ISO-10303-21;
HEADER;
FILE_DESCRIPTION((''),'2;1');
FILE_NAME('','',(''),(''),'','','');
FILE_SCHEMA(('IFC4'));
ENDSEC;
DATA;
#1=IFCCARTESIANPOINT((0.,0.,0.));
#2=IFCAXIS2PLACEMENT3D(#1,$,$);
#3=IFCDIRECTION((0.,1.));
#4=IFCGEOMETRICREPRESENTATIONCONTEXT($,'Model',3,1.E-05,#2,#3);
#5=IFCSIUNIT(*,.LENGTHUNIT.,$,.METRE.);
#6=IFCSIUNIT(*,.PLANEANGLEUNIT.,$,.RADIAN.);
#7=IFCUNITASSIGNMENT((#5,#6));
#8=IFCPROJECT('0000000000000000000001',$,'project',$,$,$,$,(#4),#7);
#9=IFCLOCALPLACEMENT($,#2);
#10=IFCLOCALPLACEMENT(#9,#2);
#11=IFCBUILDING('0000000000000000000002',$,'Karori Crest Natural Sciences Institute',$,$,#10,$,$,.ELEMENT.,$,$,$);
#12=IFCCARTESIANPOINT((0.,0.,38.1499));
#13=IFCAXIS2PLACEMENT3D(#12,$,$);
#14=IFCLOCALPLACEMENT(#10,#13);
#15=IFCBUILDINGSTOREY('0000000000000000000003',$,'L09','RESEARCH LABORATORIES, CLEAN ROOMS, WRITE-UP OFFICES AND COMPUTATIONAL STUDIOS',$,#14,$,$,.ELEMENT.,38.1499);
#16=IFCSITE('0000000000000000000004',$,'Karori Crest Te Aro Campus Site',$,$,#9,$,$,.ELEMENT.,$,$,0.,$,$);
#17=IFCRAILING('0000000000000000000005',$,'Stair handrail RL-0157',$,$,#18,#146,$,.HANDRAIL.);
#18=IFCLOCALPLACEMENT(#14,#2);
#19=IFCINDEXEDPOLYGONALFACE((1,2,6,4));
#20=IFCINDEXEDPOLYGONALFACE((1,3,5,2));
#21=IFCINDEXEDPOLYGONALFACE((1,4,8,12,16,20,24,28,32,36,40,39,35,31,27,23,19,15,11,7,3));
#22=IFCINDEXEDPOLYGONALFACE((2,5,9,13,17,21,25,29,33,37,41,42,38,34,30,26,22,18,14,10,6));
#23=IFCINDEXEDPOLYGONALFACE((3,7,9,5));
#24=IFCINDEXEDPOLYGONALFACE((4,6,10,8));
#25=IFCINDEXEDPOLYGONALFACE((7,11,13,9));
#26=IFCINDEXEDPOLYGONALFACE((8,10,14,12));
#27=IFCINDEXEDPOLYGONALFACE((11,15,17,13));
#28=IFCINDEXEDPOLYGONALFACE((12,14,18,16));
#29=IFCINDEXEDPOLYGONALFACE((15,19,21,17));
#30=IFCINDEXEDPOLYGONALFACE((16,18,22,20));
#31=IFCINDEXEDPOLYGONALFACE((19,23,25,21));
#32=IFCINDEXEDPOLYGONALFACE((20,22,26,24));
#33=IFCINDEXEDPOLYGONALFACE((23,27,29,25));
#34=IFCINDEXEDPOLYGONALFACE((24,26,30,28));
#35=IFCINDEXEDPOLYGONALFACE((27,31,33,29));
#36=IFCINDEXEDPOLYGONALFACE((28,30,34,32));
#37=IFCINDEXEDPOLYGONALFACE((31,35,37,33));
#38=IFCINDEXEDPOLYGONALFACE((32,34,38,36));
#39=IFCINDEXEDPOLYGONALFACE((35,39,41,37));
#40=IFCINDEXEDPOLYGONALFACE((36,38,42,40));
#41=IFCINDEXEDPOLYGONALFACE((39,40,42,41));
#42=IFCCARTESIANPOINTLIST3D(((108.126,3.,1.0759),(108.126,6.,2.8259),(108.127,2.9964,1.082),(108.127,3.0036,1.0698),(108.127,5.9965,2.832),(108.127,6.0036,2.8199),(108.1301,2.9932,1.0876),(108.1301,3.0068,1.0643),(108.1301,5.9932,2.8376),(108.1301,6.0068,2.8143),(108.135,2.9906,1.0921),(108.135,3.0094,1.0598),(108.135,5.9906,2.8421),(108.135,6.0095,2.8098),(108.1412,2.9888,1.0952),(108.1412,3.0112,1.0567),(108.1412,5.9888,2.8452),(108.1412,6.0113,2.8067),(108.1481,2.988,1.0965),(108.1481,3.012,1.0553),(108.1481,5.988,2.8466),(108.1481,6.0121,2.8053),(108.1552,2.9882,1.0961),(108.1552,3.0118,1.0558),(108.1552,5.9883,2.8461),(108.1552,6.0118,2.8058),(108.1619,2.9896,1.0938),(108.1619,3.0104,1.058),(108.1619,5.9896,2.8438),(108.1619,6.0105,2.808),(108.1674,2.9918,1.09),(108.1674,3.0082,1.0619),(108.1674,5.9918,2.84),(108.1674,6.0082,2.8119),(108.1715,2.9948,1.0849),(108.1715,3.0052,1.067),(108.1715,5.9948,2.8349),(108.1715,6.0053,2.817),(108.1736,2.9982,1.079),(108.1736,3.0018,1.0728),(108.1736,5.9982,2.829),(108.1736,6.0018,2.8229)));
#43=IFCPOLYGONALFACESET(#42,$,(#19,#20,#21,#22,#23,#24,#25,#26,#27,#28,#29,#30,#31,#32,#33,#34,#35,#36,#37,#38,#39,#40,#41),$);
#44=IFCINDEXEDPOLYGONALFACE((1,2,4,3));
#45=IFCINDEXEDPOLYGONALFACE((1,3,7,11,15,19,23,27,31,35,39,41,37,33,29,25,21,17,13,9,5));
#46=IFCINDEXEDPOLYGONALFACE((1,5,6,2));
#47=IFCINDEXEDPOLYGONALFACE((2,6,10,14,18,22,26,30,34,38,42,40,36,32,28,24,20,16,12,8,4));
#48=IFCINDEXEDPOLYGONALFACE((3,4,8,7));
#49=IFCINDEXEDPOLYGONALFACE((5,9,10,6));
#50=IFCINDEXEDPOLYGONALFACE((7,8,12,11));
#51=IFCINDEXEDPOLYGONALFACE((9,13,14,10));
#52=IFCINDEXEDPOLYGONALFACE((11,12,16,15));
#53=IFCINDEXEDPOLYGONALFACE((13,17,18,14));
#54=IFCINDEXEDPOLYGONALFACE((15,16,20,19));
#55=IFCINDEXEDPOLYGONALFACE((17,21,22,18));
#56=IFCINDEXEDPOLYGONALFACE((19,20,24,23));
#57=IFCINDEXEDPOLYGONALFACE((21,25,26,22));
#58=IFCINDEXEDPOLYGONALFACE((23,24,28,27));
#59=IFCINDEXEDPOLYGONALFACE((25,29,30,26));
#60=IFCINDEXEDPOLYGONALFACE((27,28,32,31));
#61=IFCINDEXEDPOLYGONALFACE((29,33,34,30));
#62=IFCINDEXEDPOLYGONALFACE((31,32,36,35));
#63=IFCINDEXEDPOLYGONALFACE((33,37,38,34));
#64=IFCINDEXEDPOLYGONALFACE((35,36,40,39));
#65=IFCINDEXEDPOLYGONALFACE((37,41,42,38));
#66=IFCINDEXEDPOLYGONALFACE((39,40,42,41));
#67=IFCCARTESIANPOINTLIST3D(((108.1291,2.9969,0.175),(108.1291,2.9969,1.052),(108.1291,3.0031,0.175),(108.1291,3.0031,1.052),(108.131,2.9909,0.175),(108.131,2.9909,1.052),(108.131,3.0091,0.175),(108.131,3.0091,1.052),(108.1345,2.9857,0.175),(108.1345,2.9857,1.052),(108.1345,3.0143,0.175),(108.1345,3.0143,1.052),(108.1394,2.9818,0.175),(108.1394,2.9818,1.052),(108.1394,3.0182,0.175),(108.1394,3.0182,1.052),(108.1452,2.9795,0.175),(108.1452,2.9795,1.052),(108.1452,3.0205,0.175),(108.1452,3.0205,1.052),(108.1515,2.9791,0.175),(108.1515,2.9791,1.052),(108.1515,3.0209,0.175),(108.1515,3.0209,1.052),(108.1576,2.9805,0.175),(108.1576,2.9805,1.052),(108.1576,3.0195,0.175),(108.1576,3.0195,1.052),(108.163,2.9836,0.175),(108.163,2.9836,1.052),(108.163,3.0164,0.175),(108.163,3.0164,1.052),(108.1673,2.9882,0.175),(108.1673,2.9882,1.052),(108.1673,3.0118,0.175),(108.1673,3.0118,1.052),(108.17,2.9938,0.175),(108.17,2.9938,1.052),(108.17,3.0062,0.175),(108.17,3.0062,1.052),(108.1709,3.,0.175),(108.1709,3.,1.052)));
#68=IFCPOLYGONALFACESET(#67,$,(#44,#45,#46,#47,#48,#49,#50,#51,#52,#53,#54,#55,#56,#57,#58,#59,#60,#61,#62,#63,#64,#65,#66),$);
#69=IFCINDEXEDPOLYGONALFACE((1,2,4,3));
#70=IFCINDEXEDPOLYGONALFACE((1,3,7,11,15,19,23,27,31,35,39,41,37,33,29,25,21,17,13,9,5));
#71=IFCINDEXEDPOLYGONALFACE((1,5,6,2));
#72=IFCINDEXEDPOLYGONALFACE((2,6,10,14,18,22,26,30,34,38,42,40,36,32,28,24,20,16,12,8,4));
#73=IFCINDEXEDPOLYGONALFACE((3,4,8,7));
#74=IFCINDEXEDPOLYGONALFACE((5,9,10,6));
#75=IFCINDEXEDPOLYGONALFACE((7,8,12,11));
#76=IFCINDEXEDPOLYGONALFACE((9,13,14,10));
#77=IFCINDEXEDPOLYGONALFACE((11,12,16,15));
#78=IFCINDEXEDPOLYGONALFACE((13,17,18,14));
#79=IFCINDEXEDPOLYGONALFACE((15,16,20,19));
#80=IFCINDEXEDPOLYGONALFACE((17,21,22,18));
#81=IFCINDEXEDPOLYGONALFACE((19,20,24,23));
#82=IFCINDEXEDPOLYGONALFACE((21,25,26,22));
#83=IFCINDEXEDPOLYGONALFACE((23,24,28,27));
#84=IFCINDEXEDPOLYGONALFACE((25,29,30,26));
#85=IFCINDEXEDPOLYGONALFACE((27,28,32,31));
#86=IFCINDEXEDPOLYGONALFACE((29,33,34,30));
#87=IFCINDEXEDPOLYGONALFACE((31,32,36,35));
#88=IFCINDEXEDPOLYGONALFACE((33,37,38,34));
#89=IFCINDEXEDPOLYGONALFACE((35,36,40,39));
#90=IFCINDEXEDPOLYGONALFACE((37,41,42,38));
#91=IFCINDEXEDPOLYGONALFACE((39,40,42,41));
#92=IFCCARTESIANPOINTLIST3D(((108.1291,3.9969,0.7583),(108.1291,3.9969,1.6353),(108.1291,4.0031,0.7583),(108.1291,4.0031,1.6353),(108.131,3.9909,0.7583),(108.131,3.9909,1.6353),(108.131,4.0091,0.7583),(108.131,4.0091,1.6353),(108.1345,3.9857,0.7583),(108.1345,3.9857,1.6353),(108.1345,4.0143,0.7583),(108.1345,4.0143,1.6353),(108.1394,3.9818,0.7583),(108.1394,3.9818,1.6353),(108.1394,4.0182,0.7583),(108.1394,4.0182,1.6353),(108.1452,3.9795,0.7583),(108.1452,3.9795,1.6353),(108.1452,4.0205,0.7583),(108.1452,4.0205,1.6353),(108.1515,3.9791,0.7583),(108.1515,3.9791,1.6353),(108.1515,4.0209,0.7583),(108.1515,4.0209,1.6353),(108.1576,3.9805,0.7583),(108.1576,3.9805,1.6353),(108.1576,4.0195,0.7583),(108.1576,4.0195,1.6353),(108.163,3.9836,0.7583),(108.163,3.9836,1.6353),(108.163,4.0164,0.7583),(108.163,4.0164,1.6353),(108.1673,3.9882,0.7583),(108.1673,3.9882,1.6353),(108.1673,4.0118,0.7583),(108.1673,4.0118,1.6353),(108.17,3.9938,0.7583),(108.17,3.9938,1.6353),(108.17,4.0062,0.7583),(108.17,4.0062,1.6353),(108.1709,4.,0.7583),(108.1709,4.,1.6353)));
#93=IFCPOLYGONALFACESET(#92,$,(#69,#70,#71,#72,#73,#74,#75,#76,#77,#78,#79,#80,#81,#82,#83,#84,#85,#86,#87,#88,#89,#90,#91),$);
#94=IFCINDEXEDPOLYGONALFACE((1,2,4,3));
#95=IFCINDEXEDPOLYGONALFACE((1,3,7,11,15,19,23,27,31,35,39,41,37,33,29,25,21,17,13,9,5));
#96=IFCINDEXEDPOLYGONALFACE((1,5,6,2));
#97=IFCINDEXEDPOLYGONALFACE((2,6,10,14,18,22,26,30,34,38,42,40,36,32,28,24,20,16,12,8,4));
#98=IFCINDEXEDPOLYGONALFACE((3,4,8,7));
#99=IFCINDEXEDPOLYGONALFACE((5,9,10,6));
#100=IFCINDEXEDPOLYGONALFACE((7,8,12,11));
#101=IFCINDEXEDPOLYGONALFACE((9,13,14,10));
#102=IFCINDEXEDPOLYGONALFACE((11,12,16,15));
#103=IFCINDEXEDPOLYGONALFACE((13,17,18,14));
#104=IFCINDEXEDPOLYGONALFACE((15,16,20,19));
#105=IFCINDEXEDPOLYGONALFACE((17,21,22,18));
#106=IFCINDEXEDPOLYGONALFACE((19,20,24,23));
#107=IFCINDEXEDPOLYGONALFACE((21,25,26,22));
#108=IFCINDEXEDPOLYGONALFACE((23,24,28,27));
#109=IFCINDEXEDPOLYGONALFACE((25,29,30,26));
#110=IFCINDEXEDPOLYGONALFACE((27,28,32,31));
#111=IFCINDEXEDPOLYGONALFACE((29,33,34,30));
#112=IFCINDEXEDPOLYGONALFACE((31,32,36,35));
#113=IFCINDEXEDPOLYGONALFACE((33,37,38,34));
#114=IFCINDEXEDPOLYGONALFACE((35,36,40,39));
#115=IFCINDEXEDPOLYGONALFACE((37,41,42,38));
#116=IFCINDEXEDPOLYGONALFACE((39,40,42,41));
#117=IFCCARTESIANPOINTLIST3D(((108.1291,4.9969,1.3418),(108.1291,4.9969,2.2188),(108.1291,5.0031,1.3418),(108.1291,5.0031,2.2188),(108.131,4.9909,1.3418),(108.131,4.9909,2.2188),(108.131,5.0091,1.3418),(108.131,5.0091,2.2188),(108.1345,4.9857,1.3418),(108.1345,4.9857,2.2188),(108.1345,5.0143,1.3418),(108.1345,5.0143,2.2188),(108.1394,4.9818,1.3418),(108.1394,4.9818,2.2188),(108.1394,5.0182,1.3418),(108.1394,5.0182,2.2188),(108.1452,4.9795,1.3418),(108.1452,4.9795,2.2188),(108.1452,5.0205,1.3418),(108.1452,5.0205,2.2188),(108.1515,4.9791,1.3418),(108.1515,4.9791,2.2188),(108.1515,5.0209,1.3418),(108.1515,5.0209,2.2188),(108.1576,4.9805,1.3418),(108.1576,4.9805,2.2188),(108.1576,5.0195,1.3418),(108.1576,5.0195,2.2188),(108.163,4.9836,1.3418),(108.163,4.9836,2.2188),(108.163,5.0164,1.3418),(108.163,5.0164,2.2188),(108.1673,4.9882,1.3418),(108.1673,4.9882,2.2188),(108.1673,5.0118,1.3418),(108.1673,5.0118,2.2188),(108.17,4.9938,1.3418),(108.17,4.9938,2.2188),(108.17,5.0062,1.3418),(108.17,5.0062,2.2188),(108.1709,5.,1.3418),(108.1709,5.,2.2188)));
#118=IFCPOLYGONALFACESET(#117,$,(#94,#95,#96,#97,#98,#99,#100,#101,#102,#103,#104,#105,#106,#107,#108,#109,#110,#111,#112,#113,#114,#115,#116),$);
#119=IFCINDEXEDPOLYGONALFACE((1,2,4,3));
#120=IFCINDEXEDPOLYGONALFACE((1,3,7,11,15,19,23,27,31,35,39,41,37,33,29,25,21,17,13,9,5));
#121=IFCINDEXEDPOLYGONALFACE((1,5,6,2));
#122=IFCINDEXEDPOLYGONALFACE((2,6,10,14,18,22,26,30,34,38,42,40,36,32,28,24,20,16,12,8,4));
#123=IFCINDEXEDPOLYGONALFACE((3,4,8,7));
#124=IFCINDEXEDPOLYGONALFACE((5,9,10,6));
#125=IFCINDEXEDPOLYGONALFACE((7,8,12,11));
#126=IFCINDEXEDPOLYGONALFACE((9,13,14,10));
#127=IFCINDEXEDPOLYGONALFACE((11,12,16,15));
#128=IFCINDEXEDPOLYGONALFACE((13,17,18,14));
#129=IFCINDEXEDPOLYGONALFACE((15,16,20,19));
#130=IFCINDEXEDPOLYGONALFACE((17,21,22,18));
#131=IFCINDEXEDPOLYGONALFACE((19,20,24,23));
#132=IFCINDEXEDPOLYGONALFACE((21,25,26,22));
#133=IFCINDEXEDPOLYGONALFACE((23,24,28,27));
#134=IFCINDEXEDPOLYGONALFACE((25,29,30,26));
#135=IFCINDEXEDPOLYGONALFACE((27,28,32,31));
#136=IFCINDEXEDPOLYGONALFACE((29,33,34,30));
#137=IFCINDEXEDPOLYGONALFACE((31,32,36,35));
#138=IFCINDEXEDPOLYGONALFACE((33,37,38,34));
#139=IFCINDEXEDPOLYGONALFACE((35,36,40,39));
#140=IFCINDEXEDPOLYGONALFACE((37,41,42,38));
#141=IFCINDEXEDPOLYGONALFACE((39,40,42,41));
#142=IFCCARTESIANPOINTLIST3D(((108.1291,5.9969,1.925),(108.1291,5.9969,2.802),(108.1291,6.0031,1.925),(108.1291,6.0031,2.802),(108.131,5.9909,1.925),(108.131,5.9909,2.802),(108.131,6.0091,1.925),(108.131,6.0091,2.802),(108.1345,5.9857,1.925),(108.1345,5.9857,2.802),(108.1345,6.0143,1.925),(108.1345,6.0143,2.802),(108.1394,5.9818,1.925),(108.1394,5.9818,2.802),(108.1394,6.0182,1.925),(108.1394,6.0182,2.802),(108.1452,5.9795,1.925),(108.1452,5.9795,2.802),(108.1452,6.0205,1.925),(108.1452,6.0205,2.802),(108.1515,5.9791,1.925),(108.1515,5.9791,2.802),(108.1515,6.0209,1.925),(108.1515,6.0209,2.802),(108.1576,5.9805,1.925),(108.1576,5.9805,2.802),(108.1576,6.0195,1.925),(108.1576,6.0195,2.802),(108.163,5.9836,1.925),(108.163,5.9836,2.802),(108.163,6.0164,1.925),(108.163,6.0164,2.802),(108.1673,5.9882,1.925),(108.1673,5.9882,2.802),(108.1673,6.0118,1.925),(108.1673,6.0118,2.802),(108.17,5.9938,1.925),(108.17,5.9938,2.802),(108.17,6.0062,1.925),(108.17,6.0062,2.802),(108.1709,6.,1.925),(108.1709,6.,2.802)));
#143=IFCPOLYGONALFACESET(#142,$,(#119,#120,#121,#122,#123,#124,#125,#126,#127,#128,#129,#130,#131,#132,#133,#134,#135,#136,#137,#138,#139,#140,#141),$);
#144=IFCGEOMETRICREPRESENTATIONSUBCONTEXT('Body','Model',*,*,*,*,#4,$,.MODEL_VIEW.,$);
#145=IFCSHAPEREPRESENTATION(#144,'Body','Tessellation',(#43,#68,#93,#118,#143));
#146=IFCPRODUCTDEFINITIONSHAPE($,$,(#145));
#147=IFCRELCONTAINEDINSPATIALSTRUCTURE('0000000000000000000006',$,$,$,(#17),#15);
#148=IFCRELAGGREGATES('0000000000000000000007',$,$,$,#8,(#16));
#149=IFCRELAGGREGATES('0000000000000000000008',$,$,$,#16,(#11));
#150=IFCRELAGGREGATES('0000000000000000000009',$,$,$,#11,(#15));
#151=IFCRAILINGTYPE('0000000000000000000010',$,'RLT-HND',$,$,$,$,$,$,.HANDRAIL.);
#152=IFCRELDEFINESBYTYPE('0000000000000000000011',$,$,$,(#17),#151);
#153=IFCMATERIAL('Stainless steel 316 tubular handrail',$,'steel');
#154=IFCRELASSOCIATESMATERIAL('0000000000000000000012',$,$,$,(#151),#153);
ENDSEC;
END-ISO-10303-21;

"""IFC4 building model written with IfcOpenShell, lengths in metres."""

from ifc_helpers import new_model, si_unit, direction, frame, origin, origin_2d, place, context, subcontext, project, spatial, circle, extrude, material, type_object, element, save


model = new_model("IFC4")

# Units and contexts
model_context = context("Model", 3, precision=1e-05, world=origin(), true_north=direction((0.0, 1.0)))
body_context = subcontext(model_context, "Body", "Model", "MODEL_VIEW")
ifc_project = project(units=[si_unit("LENGTHUNIT", "METRE"), si_unit("PLANEANGLEUNIT", "RADIAN")], contexts=[model_context])

# Site, building, storey
site_placement = place(None, origin())
site = spatial("IfcSite", under=ifc_project, at=site_placement, Name="Karori Crest Te Aro Campus Site", CompositionType="ELEMENT", RefElevation=0.0)
building_placement = place(site_placement, origin())
building = spatial("IfcBuilding", under=site, at=building_placement, Name="Karori Crest Natural Sciences Institute", CompositionType="ELEMENT")
storey_placement = place(building_placement, frame((0.0, 0.0, 38.1499)))
storey = spatial("IfcBuildingStorey", under=building, at=storey_placement, Name="L09", Description="RESEARCH LABORATORIES, CLEAN ROOMS, WRITE-UP OFFICES AND COMPUTATIONAL STUDIOS", CompositionType="ELEMENT", Elevation=38.1499)

# Railing
ifc_material_1 = material(Name="Stainless steel 316 tubular handrail", Category="steel")
railing_type_1 = type_object("IfcRailingType", Name="RLT-HND", PredefinedType="HANDRAIL", material=ifc_material_1)
railing_1_placement = place(storey_placement, frame((108.1499, 3.0, 0.175)))
element("IfcRailing", 1, at=railing_1_placement, inside=storey, type_object=railing_type_1, Name="Stair handrail RL-0157", PredefinedType="HANDRAIL", context=body_context, shape_type="SweptSolid", body=[
    extrude(circle(Radius=0.0239, at=origin_2d()), frame((0.0, 0.0, 0.9009), z_axis=(0.0, 0.863779, 0.503871), x_axis=(-1.0, 0.0, 0.0)), (0.0, 0.0, 1.0), 3.4731),
    extrude(circle(Radius=0.021, at=origin_2d()), origin(), (0.0, 0.0, 1.0), 0.877),
    extrude(circle(Radius=0.021, at=origin_2d()), frame((0.0, 1.0, 0.5833)), (0.0, 0.0, 1.0), 0.877),
    extrude(circle(Radius=0.021, at=origin_2d()), frame((0.0, 2.0, 1.1667)), (0.0, 0.0, 1.0), 0.877),
    extrude(circle(Radius=0.021, at=origin_2d()), frame((0.0, 3.0, 1.75)), (0.0, 0.0, 1.0), 0.877),
])

save(model, "model.ifc")
